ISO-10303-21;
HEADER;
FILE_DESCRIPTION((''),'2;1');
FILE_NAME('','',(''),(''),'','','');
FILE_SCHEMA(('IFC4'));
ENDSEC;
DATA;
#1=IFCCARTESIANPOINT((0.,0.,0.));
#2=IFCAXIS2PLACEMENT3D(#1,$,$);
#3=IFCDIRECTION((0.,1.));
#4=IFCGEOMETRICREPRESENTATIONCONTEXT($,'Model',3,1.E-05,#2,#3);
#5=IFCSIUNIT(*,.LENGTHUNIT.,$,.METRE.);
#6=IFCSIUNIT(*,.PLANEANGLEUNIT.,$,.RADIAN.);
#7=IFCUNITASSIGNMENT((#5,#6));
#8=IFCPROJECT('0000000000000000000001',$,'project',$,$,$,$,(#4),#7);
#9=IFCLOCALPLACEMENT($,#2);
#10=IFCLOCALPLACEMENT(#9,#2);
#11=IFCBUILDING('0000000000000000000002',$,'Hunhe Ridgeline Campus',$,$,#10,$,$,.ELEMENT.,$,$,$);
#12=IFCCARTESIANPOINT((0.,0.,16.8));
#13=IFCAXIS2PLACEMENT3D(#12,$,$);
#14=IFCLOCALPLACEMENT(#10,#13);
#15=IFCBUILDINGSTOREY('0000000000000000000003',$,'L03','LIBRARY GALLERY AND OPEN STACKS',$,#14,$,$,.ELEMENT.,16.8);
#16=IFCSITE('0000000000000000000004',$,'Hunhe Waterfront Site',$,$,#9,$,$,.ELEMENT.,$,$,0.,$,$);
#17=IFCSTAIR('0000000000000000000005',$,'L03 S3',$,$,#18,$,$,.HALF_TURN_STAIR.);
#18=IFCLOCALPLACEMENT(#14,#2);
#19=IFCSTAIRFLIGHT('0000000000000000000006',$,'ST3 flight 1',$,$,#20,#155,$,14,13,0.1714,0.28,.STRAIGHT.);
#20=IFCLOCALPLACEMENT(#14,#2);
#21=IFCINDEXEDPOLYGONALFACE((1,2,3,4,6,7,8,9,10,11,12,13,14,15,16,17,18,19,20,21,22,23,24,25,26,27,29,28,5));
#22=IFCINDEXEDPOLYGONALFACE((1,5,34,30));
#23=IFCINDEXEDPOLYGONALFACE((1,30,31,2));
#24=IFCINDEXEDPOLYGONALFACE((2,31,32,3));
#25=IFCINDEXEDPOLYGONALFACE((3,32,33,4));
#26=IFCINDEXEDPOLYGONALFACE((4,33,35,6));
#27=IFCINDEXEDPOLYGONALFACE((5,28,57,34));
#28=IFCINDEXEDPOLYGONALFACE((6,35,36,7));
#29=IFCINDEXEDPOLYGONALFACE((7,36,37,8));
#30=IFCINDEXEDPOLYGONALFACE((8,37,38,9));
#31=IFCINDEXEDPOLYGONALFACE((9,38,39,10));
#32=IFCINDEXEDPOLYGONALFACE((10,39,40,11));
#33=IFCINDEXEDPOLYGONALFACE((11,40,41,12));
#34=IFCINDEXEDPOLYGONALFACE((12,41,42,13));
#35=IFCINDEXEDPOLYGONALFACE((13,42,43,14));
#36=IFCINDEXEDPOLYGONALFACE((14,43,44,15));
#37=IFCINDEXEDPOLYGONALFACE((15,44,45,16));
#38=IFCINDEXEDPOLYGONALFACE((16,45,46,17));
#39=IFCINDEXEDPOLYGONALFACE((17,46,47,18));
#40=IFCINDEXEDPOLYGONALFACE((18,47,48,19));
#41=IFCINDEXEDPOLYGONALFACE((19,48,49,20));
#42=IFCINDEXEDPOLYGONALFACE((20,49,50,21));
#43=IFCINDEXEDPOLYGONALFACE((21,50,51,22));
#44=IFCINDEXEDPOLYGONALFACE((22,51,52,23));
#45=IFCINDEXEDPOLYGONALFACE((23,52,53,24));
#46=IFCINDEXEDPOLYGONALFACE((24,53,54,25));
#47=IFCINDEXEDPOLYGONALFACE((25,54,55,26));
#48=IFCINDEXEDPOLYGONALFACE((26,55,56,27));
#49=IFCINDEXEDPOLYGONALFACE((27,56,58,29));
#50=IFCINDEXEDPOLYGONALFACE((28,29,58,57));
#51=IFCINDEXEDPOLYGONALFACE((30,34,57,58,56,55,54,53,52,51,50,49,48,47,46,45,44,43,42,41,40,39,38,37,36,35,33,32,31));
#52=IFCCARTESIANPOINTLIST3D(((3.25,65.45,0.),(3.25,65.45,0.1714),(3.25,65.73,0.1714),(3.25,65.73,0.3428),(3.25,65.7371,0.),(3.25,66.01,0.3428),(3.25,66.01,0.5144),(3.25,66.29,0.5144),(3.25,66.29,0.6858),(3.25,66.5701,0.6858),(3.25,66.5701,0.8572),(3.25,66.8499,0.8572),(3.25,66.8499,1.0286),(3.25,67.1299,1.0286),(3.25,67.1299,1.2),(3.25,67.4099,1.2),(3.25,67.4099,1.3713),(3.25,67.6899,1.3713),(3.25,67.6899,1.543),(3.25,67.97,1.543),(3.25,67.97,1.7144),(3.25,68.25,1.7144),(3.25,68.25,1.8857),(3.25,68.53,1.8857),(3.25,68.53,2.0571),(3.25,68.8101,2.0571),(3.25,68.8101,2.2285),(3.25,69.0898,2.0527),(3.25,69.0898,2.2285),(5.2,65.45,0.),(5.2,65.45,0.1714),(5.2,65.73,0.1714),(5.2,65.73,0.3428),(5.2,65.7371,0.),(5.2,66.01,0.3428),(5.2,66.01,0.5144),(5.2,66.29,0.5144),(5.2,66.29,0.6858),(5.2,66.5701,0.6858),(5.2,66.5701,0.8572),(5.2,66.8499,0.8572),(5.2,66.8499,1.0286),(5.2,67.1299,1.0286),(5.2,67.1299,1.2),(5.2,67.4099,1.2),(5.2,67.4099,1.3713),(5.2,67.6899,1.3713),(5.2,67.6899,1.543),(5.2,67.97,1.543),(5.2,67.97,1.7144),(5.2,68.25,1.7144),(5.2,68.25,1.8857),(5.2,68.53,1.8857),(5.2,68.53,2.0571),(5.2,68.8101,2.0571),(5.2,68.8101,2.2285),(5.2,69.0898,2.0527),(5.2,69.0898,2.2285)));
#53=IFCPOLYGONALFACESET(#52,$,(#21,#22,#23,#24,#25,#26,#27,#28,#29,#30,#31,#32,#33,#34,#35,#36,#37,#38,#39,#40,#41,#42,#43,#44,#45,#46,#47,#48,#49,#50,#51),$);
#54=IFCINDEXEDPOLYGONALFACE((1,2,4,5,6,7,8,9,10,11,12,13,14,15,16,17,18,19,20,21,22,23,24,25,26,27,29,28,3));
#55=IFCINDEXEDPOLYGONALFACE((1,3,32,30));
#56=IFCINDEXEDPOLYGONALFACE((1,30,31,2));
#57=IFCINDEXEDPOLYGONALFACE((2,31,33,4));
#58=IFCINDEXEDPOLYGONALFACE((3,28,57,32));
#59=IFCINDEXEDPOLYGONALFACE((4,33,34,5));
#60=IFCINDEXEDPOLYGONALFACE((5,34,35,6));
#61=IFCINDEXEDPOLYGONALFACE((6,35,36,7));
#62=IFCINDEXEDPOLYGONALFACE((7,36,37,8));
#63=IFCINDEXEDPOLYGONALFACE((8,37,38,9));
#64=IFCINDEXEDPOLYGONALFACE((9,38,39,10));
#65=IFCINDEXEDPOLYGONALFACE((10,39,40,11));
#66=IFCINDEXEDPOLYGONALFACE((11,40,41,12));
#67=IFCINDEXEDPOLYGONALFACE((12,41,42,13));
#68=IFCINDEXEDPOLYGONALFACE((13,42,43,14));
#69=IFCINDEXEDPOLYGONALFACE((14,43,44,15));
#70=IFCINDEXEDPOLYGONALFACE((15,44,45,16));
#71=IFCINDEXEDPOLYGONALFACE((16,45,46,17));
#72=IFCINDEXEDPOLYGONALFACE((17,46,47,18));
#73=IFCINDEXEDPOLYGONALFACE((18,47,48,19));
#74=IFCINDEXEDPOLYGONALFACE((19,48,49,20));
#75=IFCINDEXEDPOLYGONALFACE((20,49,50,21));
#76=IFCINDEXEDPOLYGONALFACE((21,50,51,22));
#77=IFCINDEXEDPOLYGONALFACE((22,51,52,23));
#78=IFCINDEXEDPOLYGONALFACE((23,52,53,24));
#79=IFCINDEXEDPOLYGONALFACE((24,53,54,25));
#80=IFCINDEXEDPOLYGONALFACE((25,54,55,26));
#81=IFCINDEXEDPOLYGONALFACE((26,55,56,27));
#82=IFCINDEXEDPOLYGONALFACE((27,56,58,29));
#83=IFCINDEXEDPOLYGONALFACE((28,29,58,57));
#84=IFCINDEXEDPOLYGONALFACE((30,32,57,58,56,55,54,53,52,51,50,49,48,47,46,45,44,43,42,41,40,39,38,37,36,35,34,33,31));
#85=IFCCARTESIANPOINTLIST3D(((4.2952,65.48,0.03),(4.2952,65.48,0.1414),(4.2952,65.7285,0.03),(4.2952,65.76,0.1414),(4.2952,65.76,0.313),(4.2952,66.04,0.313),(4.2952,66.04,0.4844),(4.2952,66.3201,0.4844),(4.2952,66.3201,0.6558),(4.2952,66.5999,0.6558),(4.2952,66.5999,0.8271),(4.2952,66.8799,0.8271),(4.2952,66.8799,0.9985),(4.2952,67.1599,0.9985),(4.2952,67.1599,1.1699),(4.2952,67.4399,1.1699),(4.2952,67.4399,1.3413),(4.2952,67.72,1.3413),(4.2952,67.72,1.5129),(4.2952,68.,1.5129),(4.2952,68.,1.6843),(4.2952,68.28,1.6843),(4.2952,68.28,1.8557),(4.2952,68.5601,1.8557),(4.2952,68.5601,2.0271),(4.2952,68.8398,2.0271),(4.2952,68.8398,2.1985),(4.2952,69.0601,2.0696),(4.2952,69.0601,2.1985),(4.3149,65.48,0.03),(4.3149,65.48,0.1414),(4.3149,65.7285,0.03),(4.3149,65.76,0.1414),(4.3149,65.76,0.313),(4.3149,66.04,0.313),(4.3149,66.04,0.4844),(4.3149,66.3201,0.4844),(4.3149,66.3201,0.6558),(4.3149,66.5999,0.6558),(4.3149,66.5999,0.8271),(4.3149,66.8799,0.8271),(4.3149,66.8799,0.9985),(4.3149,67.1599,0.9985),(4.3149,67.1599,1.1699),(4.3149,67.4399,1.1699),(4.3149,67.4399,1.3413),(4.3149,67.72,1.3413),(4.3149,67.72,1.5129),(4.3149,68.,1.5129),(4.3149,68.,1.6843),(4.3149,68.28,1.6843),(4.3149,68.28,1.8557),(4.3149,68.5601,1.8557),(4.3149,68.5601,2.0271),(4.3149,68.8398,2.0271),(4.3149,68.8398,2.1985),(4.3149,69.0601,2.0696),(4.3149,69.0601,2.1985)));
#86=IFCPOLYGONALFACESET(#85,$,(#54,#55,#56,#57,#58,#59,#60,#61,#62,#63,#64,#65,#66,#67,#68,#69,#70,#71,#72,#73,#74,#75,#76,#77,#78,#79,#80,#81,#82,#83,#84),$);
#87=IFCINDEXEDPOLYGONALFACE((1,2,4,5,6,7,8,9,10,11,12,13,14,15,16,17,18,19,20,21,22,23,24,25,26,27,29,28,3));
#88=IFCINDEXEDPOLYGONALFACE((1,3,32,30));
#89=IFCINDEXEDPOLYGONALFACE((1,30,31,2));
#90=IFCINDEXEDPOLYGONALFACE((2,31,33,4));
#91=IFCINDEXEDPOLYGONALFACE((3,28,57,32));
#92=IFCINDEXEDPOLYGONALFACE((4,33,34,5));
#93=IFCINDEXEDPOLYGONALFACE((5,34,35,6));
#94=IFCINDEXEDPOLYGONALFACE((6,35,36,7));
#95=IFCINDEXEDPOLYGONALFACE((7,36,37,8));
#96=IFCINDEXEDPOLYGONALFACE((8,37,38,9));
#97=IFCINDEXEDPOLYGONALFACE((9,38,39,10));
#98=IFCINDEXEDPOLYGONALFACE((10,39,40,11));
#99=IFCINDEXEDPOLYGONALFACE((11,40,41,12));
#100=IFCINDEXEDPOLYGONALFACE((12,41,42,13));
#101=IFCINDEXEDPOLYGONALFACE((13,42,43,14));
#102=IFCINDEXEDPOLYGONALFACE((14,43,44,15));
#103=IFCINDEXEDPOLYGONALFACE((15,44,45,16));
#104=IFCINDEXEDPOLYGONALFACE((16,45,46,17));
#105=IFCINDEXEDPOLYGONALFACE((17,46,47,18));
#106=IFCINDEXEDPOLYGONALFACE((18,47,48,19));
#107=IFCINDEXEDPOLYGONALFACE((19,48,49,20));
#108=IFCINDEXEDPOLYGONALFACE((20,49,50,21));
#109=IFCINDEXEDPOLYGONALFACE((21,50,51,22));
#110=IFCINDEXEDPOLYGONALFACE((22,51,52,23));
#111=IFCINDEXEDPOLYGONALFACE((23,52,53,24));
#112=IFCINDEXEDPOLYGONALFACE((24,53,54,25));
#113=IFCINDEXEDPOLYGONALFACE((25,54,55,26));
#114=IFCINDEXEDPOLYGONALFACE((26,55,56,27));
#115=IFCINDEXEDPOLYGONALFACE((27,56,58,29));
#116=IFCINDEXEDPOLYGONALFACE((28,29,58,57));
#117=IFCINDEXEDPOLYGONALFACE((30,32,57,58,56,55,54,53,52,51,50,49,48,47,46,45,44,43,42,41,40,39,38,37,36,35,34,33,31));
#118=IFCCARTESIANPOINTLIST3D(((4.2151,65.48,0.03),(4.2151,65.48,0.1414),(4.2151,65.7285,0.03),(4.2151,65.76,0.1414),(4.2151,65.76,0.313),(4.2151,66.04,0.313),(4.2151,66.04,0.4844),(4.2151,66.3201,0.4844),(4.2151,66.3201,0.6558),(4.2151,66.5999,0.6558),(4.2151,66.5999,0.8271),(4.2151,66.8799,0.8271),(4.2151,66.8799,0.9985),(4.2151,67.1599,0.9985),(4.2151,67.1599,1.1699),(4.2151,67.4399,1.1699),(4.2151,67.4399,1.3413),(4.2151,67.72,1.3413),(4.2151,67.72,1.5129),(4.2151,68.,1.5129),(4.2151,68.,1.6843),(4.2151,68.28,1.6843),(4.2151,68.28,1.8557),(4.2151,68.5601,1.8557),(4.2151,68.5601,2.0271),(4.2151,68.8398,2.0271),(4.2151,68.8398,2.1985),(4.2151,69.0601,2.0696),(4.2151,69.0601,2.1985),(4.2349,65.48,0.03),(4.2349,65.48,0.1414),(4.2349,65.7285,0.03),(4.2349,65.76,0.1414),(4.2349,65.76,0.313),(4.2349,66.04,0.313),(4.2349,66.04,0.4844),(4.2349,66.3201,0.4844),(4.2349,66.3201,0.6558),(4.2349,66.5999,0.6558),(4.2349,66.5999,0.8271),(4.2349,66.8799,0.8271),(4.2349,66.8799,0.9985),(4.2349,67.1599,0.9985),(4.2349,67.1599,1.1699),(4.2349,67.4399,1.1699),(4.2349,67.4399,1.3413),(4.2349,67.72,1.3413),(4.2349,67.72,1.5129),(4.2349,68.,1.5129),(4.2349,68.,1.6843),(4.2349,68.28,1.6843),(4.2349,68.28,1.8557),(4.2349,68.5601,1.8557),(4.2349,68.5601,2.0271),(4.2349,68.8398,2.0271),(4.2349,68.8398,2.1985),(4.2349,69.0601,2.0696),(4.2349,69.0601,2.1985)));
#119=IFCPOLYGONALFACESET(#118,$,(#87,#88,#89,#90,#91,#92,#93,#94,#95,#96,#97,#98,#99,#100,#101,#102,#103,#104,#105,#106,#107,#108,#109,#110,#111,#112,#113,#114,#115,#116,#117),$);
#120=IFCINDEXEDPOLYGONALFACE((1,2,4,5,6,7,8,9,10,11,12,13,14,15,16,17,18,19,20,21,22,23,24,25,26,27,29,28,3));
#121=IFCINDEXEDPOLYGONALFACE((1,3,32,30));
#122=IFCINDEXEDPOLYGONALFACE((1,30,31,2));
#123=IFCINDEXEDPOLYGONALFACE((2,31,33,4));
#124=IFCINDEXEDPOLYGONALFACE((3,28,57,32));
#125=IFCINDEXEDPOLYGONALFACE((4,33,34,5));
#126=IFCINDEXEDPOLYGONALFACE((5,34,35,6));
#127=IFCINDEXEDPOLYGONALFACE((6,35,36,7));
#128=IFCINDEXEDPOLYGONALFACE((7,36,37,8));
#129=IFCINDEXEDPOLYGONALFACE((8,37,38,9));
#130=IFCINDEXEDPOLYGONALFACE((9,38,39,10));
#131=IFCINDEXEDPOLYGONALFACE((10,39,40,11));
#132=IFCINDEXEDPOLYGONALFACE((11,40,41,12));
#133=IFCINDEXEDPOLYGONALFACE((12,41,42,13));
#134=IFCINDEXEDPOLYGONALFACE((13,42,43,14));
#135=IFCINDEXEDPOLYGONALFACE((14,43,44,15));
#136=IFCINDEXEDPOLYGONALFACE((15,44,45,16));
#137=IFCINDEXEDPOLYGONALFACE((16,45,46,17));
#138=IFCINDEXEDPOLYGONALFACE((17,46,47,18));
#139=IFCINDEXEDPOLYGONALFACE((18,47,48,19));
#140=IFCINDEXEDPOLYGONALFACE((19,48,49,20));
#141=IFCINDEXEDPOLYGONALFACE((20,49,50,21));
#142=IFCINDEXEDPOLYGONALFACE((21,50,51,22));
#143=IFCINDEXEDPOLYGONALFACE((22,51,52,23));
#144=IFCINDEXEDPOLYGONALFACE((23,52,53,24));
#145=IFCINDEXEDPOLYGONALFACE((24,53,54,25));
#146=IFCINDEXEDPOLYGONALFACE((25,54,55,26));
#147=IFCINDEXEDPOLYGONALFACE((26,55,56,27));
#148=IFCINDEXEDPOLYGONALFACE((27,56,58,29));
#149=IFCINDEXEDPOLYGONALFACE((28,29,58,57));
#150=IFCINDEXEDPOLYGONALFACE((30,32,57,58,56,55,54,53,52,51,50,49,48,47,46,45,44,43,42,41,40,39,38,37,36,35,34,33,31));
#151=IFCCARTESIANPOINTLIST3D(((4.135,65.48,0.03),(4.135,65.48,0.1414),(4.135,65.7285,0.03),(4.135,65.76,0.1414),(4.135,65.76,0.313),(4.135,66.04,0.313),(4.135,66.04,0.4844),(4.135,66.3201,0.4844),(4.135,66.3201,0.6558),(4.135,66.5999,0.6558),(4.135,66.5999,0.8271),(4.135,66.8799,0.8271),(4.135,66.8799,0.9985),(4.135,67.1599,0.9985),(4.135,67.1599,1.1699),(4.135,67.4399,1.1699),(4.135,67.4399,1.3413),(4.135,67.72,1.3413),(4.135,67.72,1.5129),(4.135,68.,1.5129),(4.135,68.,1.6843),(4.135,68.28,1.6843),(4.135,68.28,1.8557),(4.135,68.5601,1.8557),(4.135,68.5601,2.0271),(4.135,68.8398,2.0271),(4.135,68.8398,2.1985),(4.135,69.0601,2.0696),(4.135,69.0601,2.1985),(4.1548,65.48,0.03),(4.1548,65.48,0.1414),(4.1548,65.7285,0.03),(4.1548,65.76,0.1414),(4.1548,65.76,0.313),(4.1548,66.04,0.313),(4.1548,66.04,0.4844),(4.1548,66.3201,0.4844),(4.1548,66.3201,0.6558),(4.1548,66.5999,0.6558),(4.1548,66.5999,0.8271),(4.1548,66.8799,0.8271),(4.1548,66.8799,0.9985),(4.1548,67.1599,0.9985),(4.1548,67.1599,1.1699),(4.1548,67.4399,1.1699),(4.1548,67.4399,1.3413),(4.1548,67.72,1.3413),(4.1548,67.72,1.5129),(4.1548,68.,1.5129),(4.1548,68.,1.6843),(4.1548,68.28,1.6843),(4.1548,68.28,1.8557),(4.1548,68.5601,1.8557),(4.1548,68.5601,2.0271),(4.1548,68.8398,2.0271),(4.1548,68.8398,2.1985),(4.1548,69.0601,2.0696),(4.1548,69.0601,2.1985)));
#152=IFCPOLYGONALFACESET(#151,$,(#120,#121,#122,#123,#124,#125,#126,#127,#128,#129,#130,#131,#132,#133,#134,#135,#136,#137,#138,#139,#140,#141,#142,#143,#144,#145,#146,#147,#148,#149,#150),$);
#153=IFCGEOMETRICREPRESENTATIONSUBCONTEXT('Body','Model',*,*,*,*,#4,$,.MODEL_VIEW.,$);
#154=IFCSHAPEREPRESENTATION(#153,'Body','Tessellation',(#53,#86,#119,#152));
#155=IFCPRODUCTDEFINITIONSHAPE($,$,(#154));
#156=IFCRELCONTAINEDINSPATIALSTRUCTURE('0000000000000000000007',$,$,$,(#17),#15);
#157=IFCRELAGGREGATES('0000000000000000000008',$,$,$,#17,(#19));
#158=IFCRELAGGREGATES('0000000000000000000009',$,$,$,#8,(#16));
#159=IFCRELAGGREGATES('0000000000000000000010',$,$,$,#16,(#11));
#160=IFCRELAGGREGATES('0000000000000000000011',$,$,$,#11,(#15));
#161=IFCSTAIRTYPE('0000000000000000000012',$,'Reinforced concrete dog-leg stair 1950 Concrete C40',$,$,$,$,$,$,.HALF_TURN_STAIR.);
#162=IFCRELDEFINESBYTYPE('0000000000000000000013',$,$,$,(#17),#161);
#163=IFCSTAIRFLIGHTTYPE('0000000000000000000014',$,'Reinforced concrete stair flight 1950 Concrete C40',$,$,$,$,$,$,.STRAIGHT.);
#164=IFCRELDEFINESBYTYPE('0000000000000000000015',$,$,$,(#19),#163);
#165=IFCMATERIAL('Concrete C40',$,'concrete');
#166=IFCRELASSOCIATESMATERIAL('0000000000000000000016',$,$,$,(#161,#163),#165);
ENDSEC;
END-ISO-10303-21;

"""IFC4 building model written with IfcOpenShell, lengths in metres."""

from ifc_helpers import new_model, si_unit, direction, frame, origin, place, context, subcontext, project, spatial, polyline, outline, extrude, material, type_object, element, aggregate, save


model = new_model("IFC4")

# Units and contexts
model_context = context("Model", 3, precision=1e-05, world=origin(), true_north=direction((0.0, 1.0)))
body_context = subcontext(model_context, "Body", "Model", "MODEL_VIEW")
ifc_project = project(units=[si_unit("LENGTHUNIT", "METRE"), si_unit("PLANEANGLEUNIT", "RADIAN")], contexts=[model_context])

# Site, building, storey
site_placement = place(None, origin())
site = spatial("IfcSite", under=ifc_project, at=site_placement, Name="Hunhe Waterfront Site", CompositionType="ELEMENT", RefElevation=0.0)
building_placement = place(site_placement, origin())
building = spatial("IfcBuilding", under=site, at=building_placement, Name="Hunhe Ridgeline Campus", CompositionType="ELEMENT")
storey_placement = place(building_placement, frame((0.0, 0.0, 16.8)))
storey = spatial("IfcBuildingStorey", under=building, at=storey_placement, Name="L03", Description="LIBRARY GALLERY AND OPEN STACKS", CompositionType="ELEMENT", Elevation=16.8)

# Stair, stair flight
ifc_material_1 = material(Name="Concrete C40", Category="concrete")
stair_type = type_object("IfcStairType", Name="Reinforced concrete dog-leg stair 1950 Concrete C40", PredefinedType="HALF_TURN_STAIR", material=ifc_material_1)
stair_1_placement = place(storey_placement, origin())
stair_1 = element("IfcStair", 1, at=stair_1_placement, inside=storey, type_object=stair_type, Name="L03 S3", PredefinedType="HALF_TURN_STAIR")
stair_flight_type = type_object("IfcStairFlightType", Name="Reinforced concrete stair flight 1950 Concrete C40", PredefinedType="STRAIGHT", material=ifc_material_1)
stair_flight_1_placement = place(storey_placement, frame((4.2251, 65.45, 0.0), z_axis=(0.0, 0.0, 1.0), x_axis=(0.0, 1.0, 0.0)))
stair_flight_1 = element("IfcStairFlight", 2, at=stair_flight_1_placement, type_object=stair_flight_type, Name="ST3 flight 1", NumberOfRisers=14, NumberOfTreads=13, PredefinedType="STRAIGHT", RiserHeight=0.1714, TreadLength=0.28, context=body_context, shape_type="SweptSolid", body=[
    extrude(outline(polyline([(0.0, 0.0), (0.0, 0.1714), (0.28, 0.1714), (0.28, 0.3428), (0.5601, 0.3428), (0.5601, 0.5144), (0.8401, 0.5144), (0.8401, 0.6858), (1.1201, 0.6858), (1.1201, 0.8572), (1.3999, 0.8572), (1.3999, 1.0286), (1.6799, 1.0286), (1.6799, 1.2), (1.96, 1.2), (1.96, 1.3713), (2.24, 1.3713), (2.24, 1.543), (2.52, 1.543), (2.52, 1.7144), (2.8, 1.7144), (2.8, 1.8857), (3.0801, 1.8857), (3.0801, 2.0571), (3.3601, 2.0571), (3.3601, 2.2285), (3.6399, 2.2285), (3.6399, 2.3999), (3.6399, 2.0527), (0.2871, 0.0), (0.0, 0.0)])), frame((0.0, 0.9751, 0.0), z_axis=(0.0, -1.0, 0.0), x_axis=(1.0, 0.0, 0.0)), (0.0, 0.0, 1.0), 1.95),
    extrude(outline(polyline([(0.03, 0.03), (0.03, 0.1414), (0.3101, 0.1414), (0.3101, 0.313), (0.5901, 0.313), (0.5901, 0.4844), (0.8701, 0.4844), (0.8701, 0.6558), (1.1499, 0.6558), (1.1499, 0.8271), (1.4299, 0.8271), (1.4299, 0.9985), (1.71, 0.9985), (1.71, 1.1699), (1.99, 1.1699), (1.99, 1.3413), (2.27, 1.3413), (2.27, 1.5129), (2.55, 1.5129), (2.55, 1.6843), (2.8301, 1.6843), (2.8301, 1.8557), (3.1101, 1.8557), (3.1101, 2.0271), (3.3899, 2.0271), (3.3899, 2.1985), (3.6101, 2.1985), (3.6101, 2.0696), (0.2786, 0.03), (0.03, 0.03)])), frame((0.0, -0.0701, 0.0), z_axis=(0.0, -1.0, 0.0), x_axis=(1.0, 0.0, 0.0)), (0.0, 0.0, 1.0), 0.0198),
    extrude(outline(polyline([(0.03, 0.03), (0.03, 0.1414), (0.3101, 0.1414), (0.3101, 0.313), (0.5901, 0.313), (0.5901, 0.4844), (0.8701, 0.4844), (0.8701, 0.6558), (1.1499, 0.6558), (1.1499, 0.8271), (1.4299, 0.8271), (1.4299, 0.9985), (1.71, 0.9985), (1.71, 1.1699), (1.99, 1.1699), (1.99, 1.3413), (2.27, 1.3413), (2.27, 1.5129), (2.55, 1.5129), (2.55, 1.6843), (2.8301, 1.6843), (2.8301, 1.8557), (3.1101, 1.8557), (3.1101, 2.0271), (3.3899, 2.0271), (3.3899, 2.1985), (3.6101, 2.1985), (3.6101, 2.0696), (0.2786, 0.03), (0.03, 0.03)])), frame((0.0, 0.01, 0.0), z_axis=(0.0, -1.0, 0.0), x_axis=(1.0, 0.0, 0.0)), (0.0, 0.0, 1.0), 0.0198),
    extrude(outline(polyline([(0.03, 0.03), (0.03, 0.1414), (0.3101, 0.1414), (0.3101, 0.313), (0.5901, 0.313), (0.5901, 0.4844), (0.8701, 0.4844), (0.8701, 0.6558), (1.1499, 0.6558), (1.1499, 0.8271), (1.4299, 0.8271), (1.4299, 0.9985), (1.71, 0.9985), (1.71, 1.1699), (1.99, 1.1699), (1.99, 1.3413), (2.27, 1.3413), (2.27, 1.5129), (2.55, 1.5129), (2.55, 1.6843), (2.8301, 1.6843), (2.8301, 1.8557), (3.1101, 1.8557), (3.1101, 2.0271), (3.3899, 2.0271), (3.3899, 2.1985), (3.6101, 2.1985), (3.6101, 2.0696), (0.2786, 0.03), (0.03, 0.03)])), frame((0.0, 0.0901, 0.0), z_axis=(0.0, -1.0, 0.0), x_axis=(1.0, 0.0, 0.0)), (0.0, 0.0, 1.0), 0.0198),
])
aggregate(stair_1, [stair_flight_1])

save(model, "model.ifc")
